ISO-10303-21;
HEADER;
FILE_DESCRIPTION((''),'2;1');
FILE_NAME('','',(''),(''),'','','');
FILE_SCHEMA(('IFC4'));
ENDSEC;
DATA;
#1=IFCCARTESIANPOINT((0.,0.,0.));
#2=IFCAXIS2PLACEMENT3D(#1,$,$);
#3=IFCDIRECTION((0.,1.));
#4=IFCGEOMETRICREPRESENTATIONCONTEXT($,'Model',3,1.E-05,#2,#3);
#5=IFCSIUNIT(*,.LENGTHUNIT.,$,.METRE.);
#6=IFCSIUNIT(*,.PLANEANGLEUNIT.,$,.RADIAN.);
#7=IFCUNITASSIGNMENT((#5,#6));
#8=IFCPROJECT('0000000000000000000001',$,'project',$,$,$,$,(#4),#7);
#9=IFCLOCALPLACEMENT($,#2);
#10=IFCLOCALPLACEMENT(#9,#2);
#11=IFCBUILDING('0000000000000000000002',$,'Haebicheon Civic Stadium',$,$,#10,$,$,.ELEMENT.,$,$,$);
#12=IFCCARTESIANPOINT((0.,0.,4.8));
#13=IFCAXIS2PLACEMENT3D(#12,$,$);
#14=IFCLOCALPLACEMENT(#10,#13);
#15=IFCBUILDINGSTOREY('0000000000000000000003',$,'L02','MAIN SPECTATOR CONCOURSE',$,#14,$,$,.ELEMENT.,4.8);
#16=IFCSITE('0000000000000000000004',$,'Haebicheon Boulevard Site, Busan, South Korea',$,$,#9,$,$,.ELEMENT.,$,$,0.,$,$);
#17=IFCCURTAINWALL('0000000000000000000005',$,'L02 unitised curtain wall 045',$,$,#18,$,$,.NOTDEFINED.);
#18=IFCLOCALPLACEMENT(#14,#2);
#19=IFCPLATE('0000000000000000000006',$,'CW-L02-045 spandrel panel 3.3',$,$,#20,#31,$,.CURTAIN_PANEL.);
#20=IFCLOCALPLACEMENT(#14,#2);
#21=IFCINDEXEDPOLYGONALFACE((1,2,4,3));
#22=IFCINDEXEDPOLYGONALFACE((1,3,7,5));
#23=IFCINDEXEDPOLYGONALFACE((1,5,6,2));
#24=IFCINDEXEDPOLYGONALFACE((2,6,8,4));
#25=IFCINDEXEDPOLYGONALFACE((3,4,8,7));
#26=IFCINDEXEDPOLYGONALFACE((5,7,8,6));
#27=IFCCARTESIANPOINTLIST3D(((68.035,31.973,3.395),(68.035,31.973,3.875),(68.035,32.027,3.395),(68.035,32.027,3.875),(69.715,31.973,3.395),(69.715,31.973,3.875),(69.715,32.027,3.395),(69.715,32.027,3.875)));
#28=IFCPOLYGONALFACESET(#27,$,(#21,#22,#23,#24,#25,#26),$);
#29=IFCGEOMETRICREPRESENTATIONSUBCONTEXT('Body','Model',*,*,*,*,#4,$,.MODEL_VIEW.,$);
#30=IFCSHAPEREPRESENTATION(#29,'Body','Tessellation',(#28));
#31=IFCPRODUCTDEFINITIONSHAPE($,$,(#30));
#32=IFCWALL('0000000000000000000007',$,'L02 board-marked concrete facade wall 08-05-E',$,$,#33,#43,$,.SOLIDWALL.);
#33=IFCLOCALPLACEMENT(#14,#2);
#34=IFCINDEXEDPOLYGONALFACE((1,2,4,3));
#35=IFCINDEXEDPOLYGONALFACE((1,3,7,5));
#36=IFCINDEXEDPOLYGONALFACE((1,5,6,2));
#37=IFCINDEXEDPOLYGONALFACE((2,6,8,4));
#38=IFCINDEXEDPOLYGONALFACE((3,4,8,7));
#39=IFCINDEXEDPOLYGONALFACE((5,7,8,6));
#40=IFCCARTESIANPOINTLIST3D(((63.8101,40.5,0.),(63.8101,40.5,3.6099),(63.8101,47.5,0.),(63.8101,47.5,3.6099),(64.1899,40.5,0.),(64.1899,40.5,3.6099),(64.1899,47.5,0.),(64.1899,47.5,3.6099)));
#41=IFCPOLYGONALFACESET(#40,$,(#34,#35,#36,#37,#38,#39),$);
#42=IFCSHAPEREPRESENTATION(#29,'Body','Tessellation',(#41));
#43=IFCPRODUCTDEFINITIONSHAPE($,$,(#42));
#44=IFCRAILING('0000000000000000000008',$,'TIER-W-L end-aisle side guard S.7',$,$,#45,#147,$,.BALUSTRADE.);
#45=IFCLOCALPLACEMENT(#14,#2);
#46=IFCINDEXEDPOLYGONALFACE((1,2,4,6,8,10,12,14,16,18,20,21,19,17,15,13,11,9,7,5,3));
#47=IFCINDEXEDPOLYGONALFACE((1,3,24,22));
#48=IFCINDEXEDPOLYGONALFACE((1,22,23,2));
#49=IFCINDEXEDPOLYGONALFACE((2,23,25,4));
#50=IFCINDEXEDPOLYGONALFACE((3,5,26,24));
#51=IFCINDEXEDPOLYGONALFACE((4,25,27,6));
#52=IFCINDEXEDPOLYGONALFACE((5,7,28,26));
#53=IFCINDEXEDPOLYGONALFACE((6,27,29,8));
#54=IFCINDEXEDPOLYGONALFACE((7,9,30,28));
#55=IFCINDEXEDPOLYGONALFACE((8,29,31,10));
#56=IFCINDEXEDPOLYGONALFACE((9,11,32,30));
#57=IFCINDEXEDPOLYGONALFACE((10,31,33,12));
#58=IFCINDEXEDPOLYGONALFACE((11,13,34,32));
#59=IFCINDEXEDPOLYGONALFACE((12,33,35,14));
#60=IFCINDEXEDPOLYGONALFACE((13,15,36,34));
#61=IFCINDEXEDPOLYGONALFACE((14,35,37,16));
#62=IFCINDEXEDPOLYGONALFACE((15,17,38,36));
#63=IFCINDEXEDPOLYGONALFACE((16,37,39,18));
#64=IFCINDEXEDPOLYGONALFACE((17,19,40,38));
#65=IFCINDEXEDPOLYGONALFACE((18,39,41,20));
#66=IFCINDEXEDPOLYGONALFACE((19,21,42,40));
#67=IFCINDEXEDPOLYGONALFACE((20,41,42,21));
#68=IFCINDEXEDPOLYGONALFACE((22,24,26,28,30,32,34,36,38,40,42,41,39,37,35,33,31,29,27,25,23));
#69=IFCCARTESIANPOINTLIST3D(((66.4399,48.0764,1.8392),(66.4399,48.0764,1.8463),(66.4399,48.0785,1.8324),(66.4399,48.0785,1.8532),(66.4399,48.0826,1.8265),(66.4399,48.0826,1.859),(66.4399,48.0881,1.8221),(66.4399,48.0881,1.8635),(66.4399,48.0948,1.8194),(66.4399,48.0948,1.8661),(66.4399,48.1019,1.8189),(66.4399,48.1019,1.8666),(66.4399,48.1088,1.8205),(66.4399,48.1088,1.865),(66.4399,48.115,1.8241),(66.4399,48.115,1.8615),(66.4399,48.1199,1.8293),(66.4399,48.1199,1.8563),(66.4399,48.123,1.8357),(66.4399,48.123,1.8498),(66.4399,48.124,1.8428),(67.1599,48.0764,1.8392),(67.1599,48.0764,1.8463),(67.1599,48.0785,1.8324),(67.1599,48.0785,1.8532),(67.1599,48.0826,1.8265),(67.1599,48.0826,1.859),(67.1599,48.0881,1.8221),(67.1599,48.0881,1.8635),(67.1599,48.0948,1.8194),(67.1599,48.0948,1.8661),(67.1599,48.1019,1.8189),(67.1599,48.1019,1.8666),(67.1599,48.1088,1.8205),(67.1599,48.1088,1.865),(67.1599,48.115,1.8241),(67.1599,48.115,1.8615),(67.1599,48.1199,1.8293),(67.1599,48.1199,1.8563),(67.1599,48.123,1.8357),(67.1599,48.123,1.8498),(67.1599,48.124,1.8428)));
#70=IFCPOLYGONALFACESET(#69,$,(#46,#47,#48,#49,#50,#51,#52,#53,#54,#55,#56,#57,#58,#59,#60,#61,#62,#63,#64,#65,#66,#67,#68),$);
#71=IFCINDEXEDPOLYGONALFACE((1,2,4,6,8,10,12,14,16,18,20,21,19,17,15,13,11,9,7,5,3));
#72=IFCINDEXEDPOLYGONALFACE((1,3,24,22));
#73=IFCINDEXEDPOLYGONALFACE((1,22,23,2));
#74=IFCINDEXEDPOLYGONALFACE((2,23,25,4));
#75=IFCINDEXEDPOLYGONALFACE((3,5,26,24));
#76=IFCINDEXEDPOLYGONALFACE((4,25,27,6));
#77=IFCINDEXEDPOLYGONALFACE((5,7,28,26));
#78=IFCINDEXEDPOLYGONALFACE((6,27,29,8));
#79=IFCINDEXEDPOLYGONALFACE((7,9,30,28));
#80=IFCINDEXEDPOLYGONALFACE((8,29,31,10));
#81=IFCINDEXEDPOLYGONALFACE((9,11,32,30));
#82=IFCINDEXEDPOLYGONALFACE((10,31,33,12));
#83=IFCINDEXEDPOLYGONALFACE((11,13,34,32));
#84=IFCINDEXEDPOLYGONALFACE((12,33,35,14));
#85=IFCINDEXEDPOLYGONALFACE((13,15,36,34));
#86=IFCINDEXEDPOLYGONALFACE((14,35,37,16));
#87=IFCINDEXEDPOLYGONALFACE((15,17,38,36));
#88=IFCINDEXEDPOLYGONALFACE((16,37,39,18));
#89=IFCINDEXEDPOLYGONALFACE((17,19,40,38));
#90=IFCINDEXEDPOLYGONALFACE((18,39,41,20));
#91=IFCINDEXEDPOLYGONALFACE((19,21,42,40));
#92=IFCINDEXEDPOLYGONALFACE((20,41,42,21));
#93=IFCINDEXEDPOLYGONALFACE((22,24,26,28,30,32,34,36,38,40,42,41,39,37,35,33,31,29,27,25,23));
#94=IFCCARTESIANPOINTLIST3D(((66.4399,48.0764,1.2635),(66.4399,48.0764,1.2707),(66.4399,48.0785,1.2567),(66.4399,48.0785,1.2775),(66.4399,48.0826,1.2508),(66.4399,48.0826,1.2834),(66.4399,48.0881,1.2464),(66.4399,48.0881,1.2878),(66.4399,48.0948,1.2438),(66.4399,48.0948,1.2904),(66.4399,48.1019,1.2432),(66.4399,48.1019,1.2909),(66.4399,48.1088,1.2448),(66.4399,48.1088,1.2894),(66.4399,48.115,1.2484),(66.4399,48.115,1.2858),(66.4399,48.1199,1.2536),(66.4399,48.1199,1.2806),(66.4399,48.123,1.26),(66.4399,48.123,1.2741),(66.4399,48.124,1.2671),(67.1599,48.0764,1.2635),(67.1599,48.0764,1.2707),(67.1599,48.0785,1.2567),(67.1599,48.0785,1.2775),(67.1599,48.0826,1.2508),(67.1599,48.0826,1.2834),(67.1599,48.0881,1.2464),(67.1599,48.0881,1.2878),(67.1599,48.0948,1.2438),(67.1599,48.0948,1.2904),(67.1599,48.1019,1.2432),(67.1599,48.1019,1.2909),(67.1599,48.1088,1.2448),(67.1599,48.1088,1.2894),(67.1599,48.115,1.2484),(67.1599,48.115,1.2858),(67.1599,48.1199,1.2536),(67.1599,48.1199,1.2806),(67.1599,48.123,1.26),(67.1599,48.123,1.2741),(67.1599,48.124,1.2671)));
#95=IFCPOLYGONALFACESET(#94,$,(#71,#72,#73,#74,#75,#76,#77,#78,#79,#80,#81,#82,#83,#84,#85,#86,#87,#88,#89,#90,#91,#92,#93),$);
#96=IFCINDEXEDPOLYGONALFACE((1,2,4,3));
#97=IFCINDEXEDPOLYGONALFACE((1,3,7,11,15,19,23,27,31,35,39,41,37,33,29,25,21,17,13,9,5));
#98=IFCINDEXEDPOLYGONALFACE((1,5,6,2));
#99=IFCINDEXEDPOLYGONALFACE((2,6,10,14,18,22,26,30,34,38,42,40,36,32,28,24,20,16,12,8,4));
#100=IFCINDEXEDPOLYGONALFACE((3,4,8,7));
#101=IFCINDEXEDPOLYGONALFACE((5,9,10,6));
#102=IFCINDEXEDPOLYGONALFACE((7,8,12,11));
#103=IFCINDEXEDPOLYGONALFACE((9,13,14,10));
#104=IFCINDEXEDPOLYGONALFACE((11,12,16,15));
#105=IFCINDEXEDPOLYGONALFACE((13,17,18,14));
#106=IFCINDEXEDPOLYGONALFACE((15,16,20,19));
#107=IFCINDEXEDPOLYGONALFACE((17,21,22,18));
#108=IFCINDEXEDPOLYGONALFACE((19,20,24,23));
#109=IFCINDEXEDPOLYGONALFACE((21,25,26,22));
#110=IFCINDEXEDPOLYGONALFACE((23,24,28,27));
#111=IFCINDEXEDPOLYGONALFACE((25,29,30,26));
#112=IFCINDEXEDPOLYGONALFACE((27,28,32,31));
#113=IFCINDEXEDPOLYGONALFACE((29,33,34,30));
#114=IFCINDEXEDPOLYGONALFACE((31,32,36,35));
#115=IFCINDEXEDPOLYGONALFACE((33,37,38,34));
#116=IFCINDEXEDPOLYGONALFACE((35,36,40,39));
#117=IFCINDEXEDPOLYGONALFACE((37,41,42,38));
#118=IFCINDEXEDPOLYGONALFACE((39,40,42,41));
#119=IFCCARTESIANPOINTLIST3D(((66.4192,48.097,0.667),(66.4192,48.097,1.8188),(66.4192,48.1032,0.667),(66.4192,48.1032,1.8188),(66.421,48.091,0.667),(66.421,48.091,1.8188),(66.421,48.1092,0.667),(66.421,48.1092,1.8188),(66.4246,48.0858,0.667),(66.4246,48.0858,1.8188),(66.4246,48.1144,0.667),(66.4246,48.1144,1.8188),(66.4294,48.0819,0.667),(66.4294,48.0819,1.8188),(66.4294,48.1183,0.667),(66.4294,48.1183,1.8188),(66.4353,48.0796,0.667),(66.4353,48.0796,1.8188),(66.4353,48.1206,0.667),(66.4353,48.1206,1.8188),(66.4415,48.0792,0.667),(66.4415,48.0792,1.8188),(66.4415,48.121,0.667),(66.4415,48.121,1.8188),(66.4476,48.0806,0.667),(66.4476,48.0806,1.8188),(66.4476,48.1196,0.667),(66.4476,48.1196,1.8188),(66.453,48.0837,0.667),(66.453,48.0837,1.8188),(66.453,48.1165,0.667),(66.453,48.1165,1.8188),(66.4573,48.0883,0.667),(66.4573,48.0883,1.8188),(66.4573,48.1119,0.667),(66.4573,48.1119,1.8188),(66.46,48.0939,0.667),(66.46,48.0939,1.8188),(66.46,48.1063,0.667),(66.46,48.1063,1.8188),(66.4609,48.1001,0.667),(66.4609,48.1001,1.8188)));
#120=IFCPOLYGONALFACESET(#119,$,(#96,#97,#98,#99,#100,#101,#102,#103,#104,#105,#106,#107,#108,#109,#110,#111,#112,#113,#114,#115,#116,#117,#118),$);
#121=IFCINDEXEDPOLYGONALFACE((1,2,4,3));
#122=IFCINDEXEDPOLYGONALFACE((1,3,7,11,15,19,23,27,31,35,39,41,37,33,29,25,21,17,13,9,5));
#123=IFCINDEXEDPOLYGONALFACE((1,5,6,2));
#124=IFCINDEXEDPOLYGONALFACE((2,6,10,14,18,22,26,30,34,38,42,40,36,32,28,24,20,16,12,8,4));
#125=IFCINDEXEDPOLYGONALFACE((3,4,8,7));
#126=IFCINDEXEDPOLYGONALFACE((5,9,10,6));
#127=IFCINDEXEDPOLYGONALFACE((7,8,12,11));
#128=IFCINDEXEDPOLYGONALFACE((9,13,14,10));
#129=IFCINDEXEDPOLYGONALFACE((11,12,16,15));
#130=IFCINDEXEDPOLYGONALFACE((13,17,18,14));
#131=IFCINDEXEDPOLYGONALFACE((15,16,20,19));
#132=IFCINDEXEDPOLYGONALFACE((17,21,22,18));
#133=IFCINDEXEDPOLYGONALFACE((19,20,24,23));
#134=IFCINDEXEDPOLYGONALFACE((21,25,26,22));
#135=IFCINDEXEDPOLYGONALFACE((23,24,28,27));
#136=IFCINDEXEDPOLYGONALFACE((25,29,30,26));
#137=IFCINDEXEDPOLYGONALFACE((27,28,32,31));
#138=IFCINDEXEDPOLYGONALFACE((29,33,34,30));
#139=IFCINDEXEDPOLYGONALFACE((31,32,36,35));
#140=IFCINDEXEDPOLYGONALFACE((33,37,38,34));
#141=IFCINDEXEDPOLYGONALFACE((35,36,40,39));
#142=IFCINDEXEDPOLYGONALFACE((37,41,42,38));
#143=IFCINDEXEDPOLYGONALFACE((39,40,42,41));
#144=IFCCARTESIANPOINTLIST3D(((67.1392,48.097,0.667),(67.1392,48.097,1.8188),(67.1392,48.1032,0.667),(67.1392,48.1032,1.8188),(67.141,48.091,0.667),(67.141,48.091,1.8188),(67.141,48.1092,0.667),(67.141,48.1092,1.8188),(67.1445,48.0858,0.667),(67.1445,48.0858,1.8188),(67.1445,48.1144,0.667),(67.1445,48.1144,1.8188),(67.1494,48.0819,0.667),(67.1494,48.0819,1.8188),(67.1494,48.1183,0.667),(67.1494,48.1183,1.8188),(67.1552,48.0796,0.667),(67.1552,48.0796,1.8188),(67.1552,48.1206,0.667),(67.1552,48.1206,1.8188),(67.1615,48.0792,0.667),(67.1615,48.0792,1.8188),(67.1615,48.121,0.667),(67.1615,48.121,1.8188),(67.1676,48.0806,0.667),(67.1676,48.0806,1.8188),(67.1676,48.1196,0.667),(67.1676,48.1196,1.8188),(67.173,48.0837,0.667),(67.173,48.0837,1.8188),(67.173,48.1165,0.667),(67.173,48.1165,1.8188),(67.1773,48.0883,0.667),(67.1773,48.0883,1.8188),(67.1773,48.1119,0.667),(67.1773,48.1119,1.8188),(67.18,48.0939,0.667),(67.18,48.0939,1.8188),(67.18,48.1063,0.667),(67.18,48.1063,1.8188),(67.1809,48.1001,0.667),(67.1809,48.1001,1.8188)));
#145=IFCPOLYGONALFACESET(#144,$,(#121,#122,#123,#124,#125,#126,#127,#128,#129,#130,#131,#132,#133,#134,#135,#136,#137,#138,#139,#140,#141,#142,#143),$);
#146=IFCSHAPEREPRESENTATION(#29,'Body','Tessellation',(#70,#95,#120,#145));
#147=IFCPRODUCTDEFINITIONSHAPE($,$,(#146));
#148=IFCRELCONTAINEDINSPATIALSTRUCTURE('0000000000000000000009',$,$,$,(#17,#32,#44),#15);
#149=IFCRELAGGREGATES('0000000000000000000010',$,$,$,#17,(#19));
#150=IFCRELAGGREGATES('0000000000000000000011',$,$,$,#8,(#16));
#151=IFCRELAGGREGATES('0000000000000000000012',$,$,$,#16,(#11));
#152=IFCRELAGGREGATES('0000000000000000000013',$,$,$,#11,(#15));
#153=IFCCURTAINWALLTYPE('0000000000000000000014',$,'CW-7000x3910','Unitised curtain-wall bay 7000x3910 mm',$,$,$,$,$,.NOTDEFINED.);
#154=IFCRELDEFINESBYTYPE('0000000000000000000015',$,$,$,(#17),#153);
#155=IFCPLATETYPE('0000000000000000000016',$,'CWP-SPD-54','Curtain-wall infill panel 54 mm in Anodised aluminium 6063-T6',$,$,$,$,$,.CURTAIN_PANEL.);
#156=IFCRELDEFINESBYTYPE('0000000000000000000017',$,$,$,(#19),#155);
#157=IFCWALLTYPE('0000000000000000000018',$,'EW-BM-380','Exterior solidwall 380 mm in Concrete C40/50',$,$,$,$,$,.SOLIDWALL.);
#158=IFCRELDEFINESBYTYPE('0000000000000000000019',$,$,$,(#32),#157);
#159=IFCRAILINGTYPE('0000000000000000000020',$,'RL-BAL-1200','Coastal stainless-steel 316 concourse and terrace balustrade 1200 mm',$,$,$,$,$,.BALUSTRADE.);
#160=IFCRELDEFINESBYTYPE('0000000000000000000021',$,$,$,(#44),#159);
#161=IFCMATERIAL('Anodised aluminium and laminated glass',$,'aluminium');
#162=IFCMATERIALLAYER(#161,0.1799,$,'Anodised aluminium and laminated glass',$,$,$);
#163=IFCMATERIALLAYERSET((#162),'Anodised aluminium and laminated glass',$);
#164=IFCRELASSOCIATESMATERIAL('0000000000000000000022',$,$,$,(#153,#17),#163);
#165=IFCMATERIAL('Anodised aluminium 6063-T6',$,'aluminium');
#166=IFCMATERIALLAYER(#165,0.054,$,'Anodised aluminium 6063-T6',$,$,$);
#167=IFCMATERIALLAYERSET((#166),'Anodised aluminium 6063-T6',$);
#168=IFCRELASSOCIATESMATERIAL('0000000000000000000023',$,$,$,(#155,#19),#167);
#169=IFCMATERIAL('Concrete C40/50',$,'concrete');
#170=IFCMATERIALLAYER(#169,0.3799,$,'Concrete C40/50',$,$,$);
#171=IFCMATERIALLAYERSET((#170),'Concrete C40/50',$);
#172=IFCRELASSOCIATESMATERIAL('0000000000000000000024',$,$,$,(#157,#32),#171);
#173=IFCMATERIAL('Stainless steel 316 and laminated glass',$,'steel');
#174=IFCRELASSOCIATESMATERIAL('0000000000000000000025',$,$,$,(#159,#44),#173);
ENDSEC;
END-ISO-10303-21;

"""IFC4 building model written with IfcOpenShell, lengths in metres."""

from ifc_helpers import new_model, si_unit, direction, frame, frame_2d, origin, origin_2d, place, context, subcontext, project, spatial, rectangle, circle, extrude, material, layer, layer_set, type_object, element, aggregate, save


model = new_model("IFC4")

# Units and contexts
model_context = context("Model", 3, precision=1e-05, world=origin(), true_north=direction((0.0, 1.0)))
body_context = subcontext(model_context, "Body", "Model", "MODEL_VIEW")
ifc_project = project(units=[si_unit("LENGTHUNIT", "METRE"), si_unit("PLANEANGLEUNIT", "RADIAN")], contexts=[model_context])

# Site, building, storey
site_placement = place(None, origin())
site = spatial("IfcSite", under=ifc_project, at=site_placement, Name="Haebicheon Boulevard Site, Busan, South Korea", CompositionType="ELEMENT", RefElevation=0.0)
building_placement = place(site_placement, origin())
building = spatial("IfcBuilding", under=site, at=building_placement, Name="Haebicheon Civic Stadium", CompositionType="ELEMENT")
storey_placement = place(building_placement, frame((0.0, 0.0, 4.8)))
storey = spatial("IfcBuildingStorey", under=building, at=storey_placement, Name="L02", Description="MAIN SPECTATOR CONCOURSE", CompositionType="ELEMENT", Elevation=4.8)

# Curtain wall
ifc_material_1 = material(Name="Anodised aluminium and laminated glass", Category="aluminium")
ifc_layer_1 = layer(ifc_material_1, 0.1799, Name="Anodised aluminium and laminated glass")
ifc_layer_set_1 = layer_set([ifc_layer_1], Name="Anodised aluminium and laminated glass")
curtain_wall_type_1 = type_object("IfcCurtainWallType", Name="CW-7000x3910", Description="Unitised curtain-wall bay 7000x3910 mm", PredefinedType="NOTDEFINED", material=ifc_layer_set_1)
curtain_wall_1_placement = place(storey_placement, origin())
curtain_wall_1 = element("IfcCurtainWall", 1, at=curtain_wall_1_placement, inside=storey, type_object=curtain_wall_type_1, material=ifc_layer_set_1, Name="L02 unitised curtain wall 045", PredefinedType="NOTDEFINED")

# Plate
ifc_material_2 = material(Name="Anodised aluminium 6063-T6", Category="aluminium")
ifc_layer_2 = layer(ifc_material_2, 0.054, Name="Anodised aluminium 6063-T6")
ifc_layer_set_2 = layer_set([ifc_layer_2], Name="Anodised aluminium 6063-T6")
plate_type_1 = type_object("IfcPlateType", Name="CWP-SPD-54", Description="Curtain-wall infill panel 54 mm in Anodised aluminium 6063-T6", PredefinedType="CURTAIN_PANEL", material=ifc_layer_set_2)
plate_1_placement = place(storey_placement, frame((68.875, 32.0, 3.395), z_axis=(0.0, 0.0, 1.0), x_axis=(1.0, 0.0, 0.0)))
plate_1 = element("IfcPlate", 2, at=plate_1_placement, type_object=plate_type_1, material=ifc_layer_set_2, Name="CW-L02-045 spandrel panel 3.3", PredefinedType="CURTAIN_PANEL", context=body_context, shape_type="SweptSolid", body=[
    extrude(rectangle(XDim=1.6799, YDim=0.054, at=origin_2d()), origin(), (0.0, 0.0, 1.0), 0.48),
])
aggregate(curtain_wall_1, [plate_1])

# Wall
ifc_material_3 = material(Name="Concrete C40/50", Category="concrete")
ifc_layer_3 = layer(ifc_material_3, 0.3799, Name="Concrete C40/50")
ifc_layer_set_3 = layer_set([ifc_layer_3], Name="Concrete C40/50")
wall_type = type_object("IfcWallType", Name="EW-BM-380", Description="Exterior solidwall 380 mm in Concrete C40/50", PredefinedType="SOLIDWALL", material=ifc_layer_set_3)
wall_placement = place(storey_placement, frame((64.0, 40.5, 0.0), z_axis=(0.0, 0.0, 1.0), x_axis=(0.0, 1.0, 0.0)))
element("IfcWall", 3, at=wall_placement, inside=storey, type_object=wall_type, material=ifc_layer_set_3, Name="L02 board-marked concrete facade wall 08-05-E", PredefinedType="SOLIDWALL", context=body_context, shape_type="SweptSolid", body=[
    extrude(rectangle(XDim=7.0, YDim=0.3799, at=frame_2d((3.5, 0.0))), origin(), (0.0, 0.0, 1.0), 3.6099),
])

# Railing
ifc_material_4 = material(Name="Stainless steel 316 and laminated glass", Category="steel")
railing_type = type_object("IfcRailingType", Name="RL-BAL-1200", Description="Coastal stainless-steel 316 concourse and terrace balustrade 1200 mm", PredefinedType="BALUSTRADE", material=ifc_material_4)
railing_1_placement = place(storey_placement, frame((66.4399, 48.1001, 0.667)))
element("IfcRailing", 4, at=railing_1_placement, inside=storey, type_object=railing_type, material=ifc_material_4, Name="TIER-W-L end-aisle side guard S.7", PredefinedType="BALUSTRADE", context=body_context, shape_type="SweptSolid", body=[
    extrude(circle(Radius=0.0239, at=origin_2d()), frame((0.0, 0.0, 1.1758), z_axis=(1.0, 0.0, 0.0), x_axis=(0.0, 1.0, 0.0)), (0.0, 0.0, 1.0), 0.72),
    extrude(circle(Radius=0.0239, at=origin_2d()), frame((0.0, 0.0, 0.6001), z_axis=(1.0, 0.0, 0.0), x_axis=(0.0, 1.0, 0.0)), (0.0, 0.0, 1.0), 0.72),
    extrude(circle(Radius=0.021, at=origin_2d()), origin(), (0.0, 0.0, 1.0), 1.1519),
    extrude(circle(Radius=0.021, at=origin_2d()), frame((0.72, 0.0, 0.0)), (0.0, 0.0, 1.0), 1.1519),
])

save(model, "model.ifc")
